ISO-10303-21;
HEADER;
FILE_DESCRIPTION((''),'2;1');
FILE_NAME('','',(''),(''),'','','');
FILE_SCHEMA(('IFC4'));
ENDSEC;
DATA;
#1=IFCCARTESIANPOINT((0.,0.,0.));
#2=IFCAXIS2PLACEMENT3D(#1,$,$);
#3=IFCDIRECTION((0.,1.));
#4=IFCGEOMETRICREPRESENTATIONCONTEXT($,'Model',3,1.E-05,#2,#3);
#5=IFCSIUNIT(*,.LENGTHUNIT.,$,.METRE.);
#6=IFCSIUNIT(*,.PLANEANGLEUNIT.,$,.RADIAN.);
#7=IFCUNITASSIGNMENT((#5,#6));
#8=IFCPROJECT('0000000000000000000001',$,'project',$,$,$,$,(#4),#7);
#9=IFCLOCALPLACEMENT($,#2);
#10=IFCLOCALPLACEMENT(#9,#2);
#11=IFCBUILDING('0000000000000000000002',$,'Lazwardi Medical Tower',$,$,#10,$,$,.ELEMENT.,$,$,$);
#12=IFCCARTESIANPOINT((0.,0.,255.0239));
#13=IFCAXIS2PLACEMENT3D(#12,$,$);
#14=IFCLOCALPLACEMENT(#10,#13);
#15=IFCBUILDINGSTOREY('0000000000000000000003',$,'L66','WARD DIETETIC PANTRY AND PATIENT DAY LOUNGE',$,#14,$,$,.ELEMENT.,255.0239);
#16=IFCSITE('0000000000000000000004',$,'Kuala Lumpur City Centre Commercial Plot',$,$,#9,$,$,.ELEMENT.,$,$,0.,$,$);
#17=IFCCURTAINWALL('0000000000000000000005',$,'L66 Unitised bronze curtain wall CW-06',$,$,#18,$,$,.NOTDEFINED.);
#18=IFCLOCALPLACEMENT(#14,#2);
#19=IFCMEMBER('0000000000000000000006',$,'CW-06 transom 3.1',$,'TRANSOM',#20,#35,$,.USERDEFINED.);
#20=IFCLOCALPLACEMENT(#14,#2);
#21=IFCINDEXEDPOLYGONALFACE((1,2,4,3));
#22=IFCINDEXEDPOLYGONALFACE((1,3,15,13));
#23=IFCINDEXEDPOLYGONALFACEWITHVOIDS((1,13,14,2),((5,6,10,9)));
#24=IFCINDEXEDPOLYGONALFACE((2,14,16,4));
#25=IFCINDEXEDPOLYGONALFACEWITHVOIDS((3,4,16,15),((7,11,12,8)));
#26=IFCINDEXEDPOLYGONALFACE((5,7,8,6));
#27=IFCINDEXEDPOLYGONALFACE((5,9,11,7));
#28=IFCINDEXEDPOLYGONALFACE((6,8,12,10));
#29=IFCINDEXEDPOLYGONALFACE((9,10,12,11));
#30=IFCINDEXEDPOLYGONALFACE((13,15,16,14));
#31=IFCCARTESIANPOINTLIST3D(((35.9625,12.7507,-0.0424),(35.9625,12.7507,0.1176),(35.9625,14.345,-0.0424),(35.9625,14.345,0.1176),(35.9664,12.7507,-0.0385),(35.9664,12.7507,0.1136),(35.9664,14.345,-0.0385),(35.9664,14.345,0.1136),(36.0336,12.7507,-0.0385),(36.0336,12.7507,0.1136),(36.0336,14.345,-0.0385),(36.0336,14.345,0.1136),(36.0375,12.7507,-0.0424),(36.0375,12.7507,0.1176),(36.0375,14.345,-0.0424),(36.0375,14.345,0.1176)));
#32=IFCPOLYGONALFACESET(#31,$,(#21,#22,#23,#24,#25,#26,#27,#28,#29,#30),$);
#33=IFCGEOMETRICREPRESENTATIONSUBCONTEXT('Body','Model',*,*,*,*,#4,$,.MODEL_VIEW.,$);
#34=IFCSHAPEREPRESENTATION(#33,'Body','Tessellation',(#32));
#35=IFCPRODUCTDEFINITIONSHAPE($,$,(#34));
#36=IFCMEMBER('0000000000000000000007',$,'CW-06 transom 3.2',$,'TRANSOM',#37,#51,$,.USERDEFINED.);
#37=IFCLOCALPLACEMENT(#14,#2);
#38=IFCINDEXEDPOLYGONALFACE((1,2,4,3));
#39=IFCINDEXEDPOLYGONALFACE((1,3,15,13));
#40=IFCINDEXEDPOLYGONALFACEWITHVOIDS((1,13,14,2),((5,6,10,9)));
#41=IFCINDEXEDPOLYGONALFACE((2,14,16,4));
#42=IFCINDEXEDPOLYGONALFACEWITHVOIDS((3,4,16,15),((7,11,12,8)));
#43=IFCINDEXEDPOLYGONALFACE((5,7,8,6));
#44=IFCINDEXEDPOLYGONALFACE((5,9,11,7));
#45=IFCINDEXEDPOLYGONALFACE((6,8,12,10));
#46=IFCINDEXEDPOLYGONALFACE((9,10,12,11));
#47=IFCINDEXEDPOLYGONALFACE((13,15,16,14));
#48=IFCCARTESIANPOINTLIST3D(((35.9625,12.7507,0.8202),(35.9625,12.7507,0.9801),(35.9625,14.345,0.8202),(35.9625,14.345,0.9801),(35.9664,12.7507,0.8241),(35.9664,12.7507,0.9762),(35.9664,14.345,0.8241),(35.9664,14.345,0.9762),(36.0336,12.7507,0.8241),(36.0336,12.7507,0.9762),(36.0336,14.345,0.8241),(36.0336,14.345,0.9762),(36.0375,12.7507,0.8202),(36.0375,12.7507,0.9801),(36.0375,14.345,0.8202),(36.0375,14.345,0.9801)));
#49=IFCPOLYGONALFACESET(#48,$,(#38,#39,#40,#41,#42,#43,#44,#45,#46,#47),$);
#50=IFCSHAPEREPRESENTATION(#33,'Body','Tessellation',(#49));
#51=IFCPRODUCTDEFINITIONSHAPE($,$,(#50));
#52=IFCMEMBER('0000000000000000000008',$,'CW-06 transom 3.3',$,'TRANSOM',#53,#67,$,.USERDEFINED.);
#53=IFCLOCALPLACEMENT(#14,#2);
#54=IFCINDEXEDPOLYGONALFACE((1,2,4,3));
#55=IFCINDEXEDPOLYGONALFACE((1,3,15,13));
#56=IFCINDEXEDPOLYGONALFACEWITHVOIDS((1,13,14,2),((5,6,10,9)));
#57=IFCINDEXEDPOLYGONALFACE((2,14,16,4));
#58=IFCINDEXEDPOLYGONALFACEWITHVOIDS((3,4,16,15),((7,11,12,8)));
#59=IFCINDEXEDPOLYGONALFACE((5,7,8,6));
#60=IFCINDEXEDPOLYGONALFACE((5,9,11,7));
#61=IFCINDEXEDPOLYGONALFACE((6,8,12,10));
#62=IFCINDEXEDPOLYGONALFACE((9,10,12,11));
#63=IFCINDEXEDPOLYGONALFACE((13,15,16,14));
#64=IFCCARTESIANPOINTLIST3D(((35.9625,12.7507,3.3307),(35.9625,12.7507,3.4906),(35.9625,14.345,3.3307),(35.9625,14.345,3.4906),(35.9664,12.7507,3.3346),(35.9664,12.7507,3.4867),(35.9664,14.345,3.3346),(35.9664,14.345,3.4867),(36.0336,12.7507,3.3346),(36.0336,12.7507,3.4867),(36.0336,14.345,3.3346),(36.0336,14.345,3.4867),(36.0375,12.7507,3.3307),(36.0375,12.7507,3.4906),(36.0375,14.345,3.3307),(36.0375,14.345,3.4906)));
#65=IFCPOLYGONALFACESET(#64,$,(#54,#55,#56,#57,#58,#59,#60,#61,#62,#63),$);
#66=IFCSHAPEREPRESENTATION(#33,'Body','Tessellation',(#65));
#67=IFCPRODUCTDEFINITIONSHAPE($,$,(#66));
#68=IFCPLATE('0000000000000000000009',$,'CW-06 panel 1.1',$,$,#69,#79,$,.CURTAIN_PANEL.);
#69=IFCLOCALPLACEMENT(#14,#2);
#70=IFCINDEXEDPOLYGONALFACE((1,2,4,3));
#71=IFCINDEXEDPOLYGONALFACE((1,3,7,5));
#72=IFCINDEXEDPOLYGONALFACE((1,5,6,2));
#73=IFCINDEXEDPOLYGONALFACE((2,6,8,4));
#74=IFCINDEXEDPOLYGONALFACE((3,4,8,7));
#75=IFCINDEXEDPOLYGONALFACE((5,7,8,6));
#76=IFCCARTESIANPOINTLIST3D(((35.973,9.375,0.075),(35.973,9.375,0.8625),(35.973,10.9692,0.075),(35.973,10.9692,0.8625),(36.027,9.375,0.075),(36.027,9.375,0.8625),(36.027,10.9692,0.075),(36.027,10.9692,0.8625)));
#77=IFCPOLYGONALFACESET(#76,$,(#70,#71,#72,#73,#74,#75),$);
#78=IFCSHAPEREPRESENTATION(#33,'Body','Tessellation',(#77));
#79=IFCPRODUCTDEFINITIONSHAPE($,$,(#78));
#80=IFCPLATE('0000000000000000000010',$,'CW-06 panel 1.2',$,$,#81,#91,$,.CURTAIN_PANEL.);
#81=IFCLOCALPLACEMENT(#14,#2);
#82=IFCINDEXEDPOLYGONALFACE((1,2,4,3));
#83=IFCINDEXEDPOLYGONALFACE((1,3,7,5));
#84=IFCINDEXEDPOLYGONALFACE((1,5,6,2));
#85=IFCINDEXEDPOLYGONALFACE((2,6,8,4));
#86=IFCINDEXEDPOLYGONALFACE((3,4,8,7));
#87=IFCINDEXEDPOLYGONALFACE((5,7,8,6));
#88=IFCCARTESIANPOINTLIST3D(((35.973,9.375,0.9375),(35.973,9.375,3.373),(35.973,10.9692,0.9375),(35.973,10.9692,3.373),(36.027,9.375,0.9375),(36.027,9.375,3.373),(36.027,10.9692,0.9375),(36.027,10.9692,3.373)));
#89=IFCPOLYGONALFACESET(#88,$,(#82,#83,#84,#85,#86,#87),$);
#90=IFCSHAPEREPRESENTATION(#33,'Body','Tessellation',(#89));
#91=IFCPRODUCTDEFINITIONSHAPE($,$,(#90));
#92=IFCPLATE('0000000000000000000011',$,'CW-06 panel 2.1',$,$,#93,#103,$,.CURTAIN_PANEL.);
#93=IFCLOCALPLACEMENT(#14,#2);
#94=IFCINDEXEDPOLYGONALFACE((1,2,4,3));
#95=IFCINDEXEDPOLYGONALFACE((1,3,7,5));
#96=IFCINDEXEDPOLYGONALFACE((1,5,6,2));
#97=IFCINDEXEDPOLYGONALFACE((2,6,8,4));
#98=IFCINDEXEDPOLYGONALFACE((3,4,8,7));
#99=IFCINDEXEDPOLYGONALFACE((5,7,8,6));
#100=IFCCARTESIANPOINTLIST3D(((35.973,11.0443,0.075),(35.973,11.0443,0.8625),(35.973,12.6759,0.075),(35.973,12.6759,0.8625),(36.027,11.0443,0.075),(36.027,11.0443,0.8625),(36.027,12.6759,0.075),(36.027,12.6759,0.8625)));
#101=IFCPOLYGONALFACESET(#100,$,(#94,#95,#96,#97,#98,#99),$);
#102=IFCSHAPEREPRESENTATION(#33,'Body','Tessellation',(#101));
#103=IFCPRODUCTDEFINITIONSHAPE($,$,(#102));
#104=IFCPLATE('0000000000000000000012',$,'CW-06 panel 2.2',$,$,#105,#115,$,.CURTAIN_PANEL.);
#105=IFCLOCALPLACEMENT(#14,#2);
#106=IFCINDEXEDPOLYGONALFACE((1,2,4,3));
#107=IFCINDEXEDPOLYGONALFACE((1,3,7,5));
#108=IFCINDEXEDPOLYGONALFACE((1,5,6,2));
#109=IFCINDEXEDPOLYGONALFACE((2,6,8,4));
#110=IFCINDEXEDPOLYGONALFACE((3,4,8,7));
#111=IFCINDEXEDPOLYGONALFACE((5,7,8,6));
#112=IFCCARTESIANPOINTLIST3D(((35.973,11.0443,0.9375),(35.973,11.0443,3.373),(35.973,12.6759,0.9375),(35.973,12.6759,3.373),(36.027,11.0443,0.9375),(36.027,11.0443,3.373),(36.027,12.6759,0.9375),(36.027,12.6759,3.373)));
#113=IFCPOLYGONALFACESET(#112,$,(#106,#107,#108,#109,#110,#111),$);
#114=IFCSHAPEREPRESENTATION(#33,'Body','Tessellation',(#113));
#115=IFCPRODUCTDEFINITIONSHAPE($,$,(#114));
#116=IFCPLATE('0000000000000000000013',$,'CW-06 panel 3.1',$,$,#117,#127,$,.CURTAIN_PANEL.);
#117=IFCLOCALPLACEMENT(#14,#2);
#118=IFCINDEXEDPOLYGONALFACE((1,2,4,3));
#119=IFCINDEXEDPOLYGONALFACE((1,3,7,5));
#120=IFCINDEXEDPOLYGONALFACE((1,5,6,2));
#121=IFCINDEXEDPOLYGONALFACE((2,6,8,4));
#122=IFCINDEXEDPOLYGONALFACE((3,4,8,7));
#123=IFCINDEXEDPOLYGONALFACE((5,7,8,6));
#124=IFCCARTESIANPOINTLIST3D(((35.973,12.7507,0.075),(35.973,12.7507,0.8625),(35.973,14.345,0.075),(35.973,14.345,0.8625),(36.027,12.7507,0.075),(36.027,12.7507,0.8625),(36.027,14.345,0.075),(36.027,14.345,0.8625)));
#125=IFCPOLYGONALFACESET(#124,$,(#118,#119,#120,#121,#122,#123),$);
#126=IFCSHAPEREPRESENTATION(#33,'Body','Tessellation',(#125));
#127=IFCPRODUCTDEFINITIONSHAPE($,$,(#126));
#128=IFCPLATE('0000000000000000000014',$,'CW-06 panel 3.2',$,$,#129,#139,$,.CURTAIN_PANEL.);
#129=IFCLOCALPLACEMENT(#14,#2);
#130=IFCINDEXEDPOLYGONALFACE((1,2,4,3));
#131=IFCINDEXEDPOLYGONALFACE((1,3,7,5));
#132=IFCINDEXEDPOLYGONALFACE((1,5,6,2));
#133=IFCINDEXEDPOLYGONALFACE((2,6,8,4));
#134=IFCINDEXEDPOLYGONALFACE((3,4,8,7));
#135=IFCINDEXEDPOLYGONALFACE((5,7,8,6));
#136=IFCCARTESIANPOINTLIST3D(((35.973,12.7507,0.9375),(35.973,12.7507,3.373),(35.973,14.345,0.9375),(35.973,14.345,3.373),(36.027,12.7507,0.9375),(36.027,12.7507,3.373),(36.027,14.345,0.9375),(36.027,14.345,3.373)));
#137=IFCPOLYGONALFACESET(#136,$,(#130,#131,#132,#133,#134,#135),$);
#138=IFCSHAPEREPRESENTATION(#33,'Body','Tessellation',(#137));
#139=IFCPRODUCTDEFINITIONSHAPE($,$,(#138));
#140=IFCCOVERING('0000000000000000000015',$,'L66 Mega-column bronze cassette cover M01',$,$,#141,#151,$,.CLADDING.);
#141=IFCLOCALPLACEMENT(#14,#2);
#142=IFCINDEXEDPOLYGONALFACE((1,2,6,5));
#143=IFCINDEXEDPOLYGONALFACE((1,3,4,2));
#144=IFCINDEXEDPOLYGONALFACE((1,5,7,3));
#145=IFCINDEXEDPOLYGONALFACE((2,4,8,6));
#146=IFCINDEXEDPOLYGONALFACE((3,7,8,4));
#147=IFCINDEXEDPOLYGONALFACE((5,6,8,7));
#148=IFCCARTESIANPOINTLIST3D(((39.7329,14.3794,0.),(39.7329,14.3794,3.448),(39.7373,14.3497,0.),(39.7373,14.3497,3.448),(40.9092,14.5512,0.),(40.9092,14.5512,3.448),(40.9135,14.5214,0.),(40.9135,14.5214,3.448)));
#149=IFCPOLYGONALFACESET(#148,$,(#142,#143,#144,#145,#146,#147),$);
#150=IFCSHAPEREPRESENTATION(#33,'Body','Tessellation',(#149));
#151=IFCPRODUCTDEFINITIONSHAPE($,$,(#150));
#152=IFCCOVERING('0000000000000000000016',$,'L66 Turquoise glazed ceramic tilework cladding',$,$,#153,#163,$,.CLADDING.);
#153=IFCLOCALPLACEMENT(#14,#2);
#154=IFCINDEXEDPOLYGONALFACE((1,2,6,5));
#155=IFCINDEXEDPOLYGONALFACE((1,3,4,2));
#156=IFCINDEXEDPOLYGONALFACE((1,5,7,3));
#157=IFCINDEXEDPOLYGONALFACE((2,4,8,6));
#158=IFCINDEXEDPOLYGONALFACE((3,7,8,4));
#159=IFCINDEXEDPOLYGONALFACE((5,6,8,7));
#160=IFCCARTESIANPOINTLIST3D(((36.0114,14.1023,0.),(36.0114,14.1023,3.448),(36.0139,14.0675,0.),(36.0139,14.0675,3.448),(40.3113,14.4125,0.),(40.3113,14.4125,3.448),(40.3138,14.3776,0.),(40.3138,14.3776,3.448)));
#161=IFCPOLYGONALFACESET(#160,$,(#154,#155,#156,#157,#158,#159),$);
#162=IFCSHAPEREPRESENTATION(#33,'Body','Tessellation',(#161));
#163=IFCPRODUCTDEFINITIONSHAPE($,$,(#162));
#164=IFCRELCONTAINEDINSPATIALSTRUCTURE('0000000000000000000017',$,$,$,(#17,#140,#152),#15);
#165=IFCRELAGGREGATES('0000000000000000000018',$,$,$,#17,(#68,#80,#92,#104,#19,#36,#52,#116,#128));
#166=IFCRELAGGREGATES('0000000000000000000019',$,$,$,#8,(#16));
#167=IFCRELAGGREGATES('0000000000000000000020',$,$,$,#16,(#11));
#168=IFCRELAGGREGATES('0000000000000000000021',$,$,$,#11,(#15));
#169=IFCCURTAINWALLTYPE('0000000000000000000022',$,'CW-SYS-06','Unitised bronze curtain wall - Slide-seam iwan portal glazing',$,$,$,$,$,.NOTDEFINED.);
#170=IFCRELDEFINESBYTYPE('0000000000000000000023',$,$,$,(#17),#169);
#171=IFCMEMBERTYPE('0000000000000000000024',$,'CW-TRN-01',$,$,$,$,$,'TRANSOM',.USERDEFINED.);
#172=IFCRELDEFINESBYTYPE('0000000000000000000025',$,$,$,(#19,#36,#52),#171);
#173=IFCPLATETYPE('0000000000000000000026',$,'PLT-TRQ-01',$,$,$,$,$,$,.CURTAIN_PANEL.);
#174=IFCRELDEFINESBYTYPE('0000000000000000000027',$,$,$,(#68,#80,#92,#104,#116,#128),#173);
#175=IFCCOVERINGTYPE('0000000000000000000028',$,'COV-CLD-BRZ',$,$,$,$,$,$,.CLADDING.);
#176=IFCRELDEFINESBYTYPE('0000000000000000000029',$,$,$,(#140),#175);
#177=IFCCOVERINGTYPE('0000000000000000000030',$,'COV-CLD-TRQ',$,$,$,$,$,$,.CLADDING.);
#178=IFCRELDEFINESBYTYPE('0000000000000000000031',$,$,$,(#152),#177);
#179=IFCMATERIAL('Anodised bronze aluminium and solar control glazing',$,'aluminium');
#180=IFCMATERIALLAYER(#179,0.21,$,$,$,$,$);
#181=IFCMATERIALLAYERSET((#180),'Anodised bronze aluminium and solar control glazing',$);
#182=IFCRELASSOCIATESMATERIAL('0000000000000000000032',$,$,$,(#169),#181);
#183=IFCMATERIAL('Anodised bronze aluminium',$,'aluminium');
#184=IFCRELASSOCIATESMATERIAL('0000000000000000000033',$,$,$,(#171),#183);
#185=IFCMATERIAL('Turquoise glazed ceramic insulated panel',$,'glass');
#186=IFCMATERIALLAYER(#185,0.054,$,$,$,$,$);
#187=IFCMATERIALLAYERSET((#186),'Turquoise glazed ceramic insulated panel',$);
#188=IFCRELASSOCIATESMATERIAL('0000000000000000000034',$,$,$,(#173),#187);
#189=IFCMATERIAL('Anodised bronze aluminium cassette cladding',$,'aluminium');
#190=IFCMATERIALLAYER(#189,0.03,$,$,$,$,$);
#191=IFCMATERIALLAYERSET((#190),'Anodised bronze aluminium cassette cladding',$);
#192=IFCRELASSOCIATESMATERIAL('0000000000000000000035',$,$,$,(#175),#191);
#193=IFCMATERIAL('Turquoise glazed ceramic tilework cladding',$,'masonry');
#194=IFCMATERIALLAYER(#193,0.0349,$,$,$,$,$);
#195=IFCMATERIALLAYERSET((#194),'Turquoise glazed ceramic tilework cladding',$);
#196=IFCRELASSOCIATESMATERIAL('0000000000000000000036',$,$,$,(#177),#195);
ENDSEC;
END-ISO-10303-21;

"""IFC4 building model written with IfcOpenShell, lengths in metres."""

from ifc_helpers import new_model, si_unit, direction, frame, origin, origin_2d, place, context, subcontext, project, spatial, rectangle, hollow_rectangle, extrude, material, layer, layer_set, material_profile, profile_set, type_object, element, aggregate, save


model = new_model("IFC4")

# Units and contexts
model_context = context("Model", 3, precision=1e-05, world=origin(), true_north=direction((0.0, 1.0)))
body_context = subcontext(model_context, "Body", "Model", "MODEL_VIEW")
ifc_project = project(units=[si_unit("LENGTHUNIT", "METRE"), si_unit("PLANEANGLEUNIT", "RADIAN")], contexts=[model_context])

# Site, building, storey
site_placement = place(None, origin())
site = spatial("IfcSite", under=ifc_project, at=site_placement, Name="Kuala Lumpur City Centre Commercial Plot", CompositionType="ELEMENT", RefElevation=0.0)
building_placement = place(site_placement, origin())
building = spatial("IfcBuilding", under=site, at=building_placement, Name="Lazwardi Medical Tower", CompositionType="ELEMENT")
storey_placement = place(building_placement, frame((0.0, 0.0, 255.0239)))
storey = spatial("IfcBuildingStorey", under=building, at=storey_placement, Name="L66", Description="WARD DIETETIC PANTRY AND PATIENT DAY LOUNGE", CompositionType="ELEMENT", Elevation=255.0239)

# Curtain wall
ifc_material_1 = material(Name="Anodised bronze aluminium and solar control glazing", Category="aluminium")
ifc_layer_1 = layer(ifc_material_1, 0.21)
ifc_layer_set_1 = layer_set([ifc_layer_1], Name="Anodised bronze aluminium and solar control glazing")
curtain_wall_type_1 = type_object("IfcCurtainWallType", Name="CW-SYS-06", Description="Unitised bronze curtain wall - Slide-seam iwan portal glazing", PredefinedType="NOTDEFINED", material=ifc_layer_set_1)
curtain_wall_1_placement = place(storey_placement, origin())
curtain_wall_1 = element("IfcCurtainWall", 1, at=curtain_wall_1_placement, inside=storey, type_object=curtain_wall_type_1, Name="L66 Unitised bronze curtain wall CW-06", PredefinedType="NOTDEFINED")
ifc_material_2 = material(Name="Anodised bronze aluminium", Category="aluminium")

# Members
ifc_material_profile_1 = material_profile(ifc_material_2, hollow_rectangle(XDim=0.075, YDim=0.1599, WallThickness=0.0039, at=origin_2d()), Name="ALU-TRANSOM 160x75x4")
ifc_profile_set_1 = profile_set([ifc_material_profile_1], Name="Anodised bronze aluminium")
member_type_1 = type_object("IfcMemberType", Name="CW-TRN-01", ElementType="TRANSOM", PredefinedType="USERDEFINED", material=ifc_profile_set_1)
member_1_placement = place(storey_placement, frame((36.0, 12.7507, 0.0376), z_axis=(0.0, 1.0, 0.0), x_axis=(-1.0, 0.0, 0.0)))
member_1 = element("IfcMember", 2, at=member_1_placement, type_object=member_type_1, Name="CW-06 transom 3.1", ObjectType="TRANSOM", PredefinedType="USERDEFINED", context=body_context, shape_type="SweptSolid", body=[
    extrude(hollow_rectangle(XDim=0.075, YDim=0.1599, WallThickness=0.0039, at=origin_2d()), origin(), (0.0, 0.0, 1.0), 1.5942),
])
member_2_placement = place(storey_placement, frame((36.0, 12.7507, 0.9001), z_axis=(0.0, 1.0, 0.0), x_axis=(-1.0, 0.0, 0.0)))
member_2 = element("IfcMember", 3, at=member_2_placement, type_object=member_type_1, Name="CW-06 transom 3.2", ObjectType="TRANSOM", PredefinedType="USERDEFINED", context=body_context, shape_type="SweptSolid", body=[
    extrude(hollow_rectangle(XDim=0.075, YDim=0.1599, WallThickness=0.0039, at=origin_2d()), origin(), (0.0, 0.0, 1.0), 1.5942),
])
member_3_placement = place(storey_placement, frame((36.0, 12.7507, 3.4106), z_axis=(0.0, 1.0, 0.0), x_axis=(-1.0, 0.0, 0.0)))
member_3 = element("IfcMember", 4, at=member_3_placement, type_object=member_type_1, Name="CW-06 transom 3.3", ObjectType="TRANSOM", PredefinedType="USERDEFINED", context=body_context, shape_type="SweptSolid", body=[
    extrude(hollow_rectangle(XDim=0.075, YDim=0.1599, WallThickness=0.0039, at=origin_2d()), origin(), (0.0, 0.0, 1.0), 1.5942),
])

# Plates
ifc_material_3 = material(Name="Turquoise glazed ceramic insulated panel", Category="glass")
ifc_layer_2 = layer(ifc_material_3, 0.054)
ifc_layer_set_2 = layer_set([ifc_layer_2], Name="Turquoise glazed ceramic insulated panel")
plate_type = type_object("IfcPlateType", Name="PLT-TRQ-01", PredefinedType="CURTAIN_PANEL", material=ifc_layer_set_2)
plate_1_placement = place(storey_placement, frame((36.0, 10.1721, 0.075), z_axis=(0.0, 0.0, 1.0), x_axis=(0.0, 1.0, 0.0)))
plate_1 = element("IfcPlate", 5, at=plate_1_placement, type_object=plate_type, Name="CW-06 panel 1.1", PredefinedType="CURTAIN_PANEL", context=body_context, shape_type="SweptSolid", body=[
    extrude(rectangle(XDim=1.5942, YDim=0.054, at=origin_2d()), origin(), (0.0, 0.0, 1.0), 0.7876),
])
plate_2_placement = place(storey_placement, frame((36.0, 10.1721, 0.9375), z_axis=(0.0, 0.0, 1.0), x_axis=(0.0, 1.0, 0.0)))
plate_2 = element("IfcPlate", 6, at=plate_2_placement, type_object=plate_type, Name="CW-06 panel 1.2", PredefinedType="CURTAIN_PANEL", context=body_context, shape_type="SweptSolid", body=[
    extrude(rectangle(XDim=1.5942, YDim=0.054, at=origin_2d()), origin(), (0.0, 0.0, 1.0), 2.4355),
])
plate_3_placement = place(storey_placement, frame((36.0, 11.8601, 0.075), z_axis=(0.0, 0.0, 1.0), x_axis=(0.0, 1.0, 0.0)))
plate_3 = element("IfcPlate", 7, at=plate_3_placement, type_object=plate_type, Name="CW-06 panel 2.1", PredefinedType="CURTAIN_PANEL", context=body_context, shape_type="SweptSolid", body=[
    extrude(rectangle(XDim=1.6316, YDim=0.054, at=origin_2d()), origin(), (0.0, 0.0, 1.0), 0.7876),
])
plate_4_placement = place(storey_placement, frame((36.0, 11.8601, 0.9375), z_axis=(0.0, 0.0, 1.0), x_axis=(0.0, 1.0, 0.0)))
plate_4 = element("IfcPlate", 8, at=plate_4_placement, type_object=plate_type, Name="CW-06 panel 2.2", PredefinedType="CURTAIN_PANEL", context=body_context, shape_type="SweptSolid", body=[
    extrude(rectangle(XDim=1.6316, YDim=0.054, at=origin_2d()), origin(), (0.0, 0.0, 1.0), 2.4355),
])
plate_5_placement = place(storey_placement, frame((36.0, 13.5479, 0.075), z_axis=(0.0, 0.0, 1.0), x_axis=(0.0, 1.0, 0.0)))
plate_5 = element("IfcPlate", 9, at=plate_5_placement, type_object=plate_type, Name="CW-06 panel 3.1", PredefinedType="CURTAIN_PANEL", context=body_context, shape_type="SweptSolid", body=[
    extrude(rectangle(XDim=1.5942, YDim=0.054, at=origin_2d()), origin(), (0.0, 0.0, 1.0), 0.7876),
])
plate_6_placement = place(storey_placement, frame((36.0, 13.5479, 0.9375), z_axis=(0.0, 0.0, 1.0), x_axis=(0.0, 1.0, 0.0)))
plate_6 = element("IfcPlate", 10, at=plate_6_placement, type_object=plate_type, Name="CW-06 panel 3.2", PredefinedType="CURTAIN_PANEL", context=body_context, shape_type="SweptSolid", body=[
    extrude(rectangle(XDim=1.5942, YDim=0.054, at=origin_2d()), origin(), (0.0, 0.0, 1.0), 2.4355),
])
aggregate(curtain_wall_1, [plate_1, plate_2, plate_3, plate_4, member_1, member_2, member_3, plate_5, plate_6])

# Coverings
ifc_material_4 = material(Name="Anodised bronze aluminium cassette cladding", Category="aluminium")
ifc_layer_3 = layer(ifc_material_4, 0.03)
ifc_layer_set_3 = layer_set([ifc_layer_3], Name="Anodised bronze aluminium cassette cladding")
covering_type_1 = type_object("IfcCoveringType", Name="COV-CLD-BRZ", PredefinedType="CLADDING", material=ifc_layer_set_3)
covering_1_placement = place(storey_placement, frame((40.3232, 14.4504, 0.0), z_axis=(0.0, 0.0, 1.0), x_axis=(0.989512, 0.144448, 0.0)))
element("IfcCovering", 11, at=covering_1_placement, inside=storey, type_object=covering_type_1, Name="L66 Mega-column bronze cassette cover M01", PredefinedType="CLADDING", context=body_context, shape_type="SweptSolid", body=[
    extrude(rectangle(XDim=1.1887, YDim=0.03, at=origin_2d()), origin(), (0.0, 0.0, 1.0), 3.448),
])
ifc_material_5 = material(Name="Turquoise glazed ceramic tilework cladding", Category="masonry")
ifc_layer_4 = layer(ifc_material_5, 0.0349)
ifc_layer_set_4 = layer_set([ifc_layer_4], Name="Turquoise glazed ceramic tilework cladding")
covering_type_2 = type_object("IfcCoveringType", Name="COV-CLD-TRQ", PredefinedType="CLADDING", material=ifc_layer_set_4)
covering_2_placement = place(storey_placement, frame((38.1626, 14.24, 0.0), z_axis=(0.0, 0.0, 1.0), x_axis=(0.997409, 0.071933, 0.0)))
element("IfcCovering", 12, at=covering_2_placement, inside=storey, type_object=covering_type_2, Name="L66 Turquoise glazed ceramic tilework cladding", PredefinedType="CLADDING", context=body_context, shape_type="SweptSolid", body=[
    extrude(rectangle(XDim=4.311, YDim=0.0349, at=origin_2d()), origin(), (0.0, 0.0, 1.0), 3.448),
])

save(model, "model.ifc")
